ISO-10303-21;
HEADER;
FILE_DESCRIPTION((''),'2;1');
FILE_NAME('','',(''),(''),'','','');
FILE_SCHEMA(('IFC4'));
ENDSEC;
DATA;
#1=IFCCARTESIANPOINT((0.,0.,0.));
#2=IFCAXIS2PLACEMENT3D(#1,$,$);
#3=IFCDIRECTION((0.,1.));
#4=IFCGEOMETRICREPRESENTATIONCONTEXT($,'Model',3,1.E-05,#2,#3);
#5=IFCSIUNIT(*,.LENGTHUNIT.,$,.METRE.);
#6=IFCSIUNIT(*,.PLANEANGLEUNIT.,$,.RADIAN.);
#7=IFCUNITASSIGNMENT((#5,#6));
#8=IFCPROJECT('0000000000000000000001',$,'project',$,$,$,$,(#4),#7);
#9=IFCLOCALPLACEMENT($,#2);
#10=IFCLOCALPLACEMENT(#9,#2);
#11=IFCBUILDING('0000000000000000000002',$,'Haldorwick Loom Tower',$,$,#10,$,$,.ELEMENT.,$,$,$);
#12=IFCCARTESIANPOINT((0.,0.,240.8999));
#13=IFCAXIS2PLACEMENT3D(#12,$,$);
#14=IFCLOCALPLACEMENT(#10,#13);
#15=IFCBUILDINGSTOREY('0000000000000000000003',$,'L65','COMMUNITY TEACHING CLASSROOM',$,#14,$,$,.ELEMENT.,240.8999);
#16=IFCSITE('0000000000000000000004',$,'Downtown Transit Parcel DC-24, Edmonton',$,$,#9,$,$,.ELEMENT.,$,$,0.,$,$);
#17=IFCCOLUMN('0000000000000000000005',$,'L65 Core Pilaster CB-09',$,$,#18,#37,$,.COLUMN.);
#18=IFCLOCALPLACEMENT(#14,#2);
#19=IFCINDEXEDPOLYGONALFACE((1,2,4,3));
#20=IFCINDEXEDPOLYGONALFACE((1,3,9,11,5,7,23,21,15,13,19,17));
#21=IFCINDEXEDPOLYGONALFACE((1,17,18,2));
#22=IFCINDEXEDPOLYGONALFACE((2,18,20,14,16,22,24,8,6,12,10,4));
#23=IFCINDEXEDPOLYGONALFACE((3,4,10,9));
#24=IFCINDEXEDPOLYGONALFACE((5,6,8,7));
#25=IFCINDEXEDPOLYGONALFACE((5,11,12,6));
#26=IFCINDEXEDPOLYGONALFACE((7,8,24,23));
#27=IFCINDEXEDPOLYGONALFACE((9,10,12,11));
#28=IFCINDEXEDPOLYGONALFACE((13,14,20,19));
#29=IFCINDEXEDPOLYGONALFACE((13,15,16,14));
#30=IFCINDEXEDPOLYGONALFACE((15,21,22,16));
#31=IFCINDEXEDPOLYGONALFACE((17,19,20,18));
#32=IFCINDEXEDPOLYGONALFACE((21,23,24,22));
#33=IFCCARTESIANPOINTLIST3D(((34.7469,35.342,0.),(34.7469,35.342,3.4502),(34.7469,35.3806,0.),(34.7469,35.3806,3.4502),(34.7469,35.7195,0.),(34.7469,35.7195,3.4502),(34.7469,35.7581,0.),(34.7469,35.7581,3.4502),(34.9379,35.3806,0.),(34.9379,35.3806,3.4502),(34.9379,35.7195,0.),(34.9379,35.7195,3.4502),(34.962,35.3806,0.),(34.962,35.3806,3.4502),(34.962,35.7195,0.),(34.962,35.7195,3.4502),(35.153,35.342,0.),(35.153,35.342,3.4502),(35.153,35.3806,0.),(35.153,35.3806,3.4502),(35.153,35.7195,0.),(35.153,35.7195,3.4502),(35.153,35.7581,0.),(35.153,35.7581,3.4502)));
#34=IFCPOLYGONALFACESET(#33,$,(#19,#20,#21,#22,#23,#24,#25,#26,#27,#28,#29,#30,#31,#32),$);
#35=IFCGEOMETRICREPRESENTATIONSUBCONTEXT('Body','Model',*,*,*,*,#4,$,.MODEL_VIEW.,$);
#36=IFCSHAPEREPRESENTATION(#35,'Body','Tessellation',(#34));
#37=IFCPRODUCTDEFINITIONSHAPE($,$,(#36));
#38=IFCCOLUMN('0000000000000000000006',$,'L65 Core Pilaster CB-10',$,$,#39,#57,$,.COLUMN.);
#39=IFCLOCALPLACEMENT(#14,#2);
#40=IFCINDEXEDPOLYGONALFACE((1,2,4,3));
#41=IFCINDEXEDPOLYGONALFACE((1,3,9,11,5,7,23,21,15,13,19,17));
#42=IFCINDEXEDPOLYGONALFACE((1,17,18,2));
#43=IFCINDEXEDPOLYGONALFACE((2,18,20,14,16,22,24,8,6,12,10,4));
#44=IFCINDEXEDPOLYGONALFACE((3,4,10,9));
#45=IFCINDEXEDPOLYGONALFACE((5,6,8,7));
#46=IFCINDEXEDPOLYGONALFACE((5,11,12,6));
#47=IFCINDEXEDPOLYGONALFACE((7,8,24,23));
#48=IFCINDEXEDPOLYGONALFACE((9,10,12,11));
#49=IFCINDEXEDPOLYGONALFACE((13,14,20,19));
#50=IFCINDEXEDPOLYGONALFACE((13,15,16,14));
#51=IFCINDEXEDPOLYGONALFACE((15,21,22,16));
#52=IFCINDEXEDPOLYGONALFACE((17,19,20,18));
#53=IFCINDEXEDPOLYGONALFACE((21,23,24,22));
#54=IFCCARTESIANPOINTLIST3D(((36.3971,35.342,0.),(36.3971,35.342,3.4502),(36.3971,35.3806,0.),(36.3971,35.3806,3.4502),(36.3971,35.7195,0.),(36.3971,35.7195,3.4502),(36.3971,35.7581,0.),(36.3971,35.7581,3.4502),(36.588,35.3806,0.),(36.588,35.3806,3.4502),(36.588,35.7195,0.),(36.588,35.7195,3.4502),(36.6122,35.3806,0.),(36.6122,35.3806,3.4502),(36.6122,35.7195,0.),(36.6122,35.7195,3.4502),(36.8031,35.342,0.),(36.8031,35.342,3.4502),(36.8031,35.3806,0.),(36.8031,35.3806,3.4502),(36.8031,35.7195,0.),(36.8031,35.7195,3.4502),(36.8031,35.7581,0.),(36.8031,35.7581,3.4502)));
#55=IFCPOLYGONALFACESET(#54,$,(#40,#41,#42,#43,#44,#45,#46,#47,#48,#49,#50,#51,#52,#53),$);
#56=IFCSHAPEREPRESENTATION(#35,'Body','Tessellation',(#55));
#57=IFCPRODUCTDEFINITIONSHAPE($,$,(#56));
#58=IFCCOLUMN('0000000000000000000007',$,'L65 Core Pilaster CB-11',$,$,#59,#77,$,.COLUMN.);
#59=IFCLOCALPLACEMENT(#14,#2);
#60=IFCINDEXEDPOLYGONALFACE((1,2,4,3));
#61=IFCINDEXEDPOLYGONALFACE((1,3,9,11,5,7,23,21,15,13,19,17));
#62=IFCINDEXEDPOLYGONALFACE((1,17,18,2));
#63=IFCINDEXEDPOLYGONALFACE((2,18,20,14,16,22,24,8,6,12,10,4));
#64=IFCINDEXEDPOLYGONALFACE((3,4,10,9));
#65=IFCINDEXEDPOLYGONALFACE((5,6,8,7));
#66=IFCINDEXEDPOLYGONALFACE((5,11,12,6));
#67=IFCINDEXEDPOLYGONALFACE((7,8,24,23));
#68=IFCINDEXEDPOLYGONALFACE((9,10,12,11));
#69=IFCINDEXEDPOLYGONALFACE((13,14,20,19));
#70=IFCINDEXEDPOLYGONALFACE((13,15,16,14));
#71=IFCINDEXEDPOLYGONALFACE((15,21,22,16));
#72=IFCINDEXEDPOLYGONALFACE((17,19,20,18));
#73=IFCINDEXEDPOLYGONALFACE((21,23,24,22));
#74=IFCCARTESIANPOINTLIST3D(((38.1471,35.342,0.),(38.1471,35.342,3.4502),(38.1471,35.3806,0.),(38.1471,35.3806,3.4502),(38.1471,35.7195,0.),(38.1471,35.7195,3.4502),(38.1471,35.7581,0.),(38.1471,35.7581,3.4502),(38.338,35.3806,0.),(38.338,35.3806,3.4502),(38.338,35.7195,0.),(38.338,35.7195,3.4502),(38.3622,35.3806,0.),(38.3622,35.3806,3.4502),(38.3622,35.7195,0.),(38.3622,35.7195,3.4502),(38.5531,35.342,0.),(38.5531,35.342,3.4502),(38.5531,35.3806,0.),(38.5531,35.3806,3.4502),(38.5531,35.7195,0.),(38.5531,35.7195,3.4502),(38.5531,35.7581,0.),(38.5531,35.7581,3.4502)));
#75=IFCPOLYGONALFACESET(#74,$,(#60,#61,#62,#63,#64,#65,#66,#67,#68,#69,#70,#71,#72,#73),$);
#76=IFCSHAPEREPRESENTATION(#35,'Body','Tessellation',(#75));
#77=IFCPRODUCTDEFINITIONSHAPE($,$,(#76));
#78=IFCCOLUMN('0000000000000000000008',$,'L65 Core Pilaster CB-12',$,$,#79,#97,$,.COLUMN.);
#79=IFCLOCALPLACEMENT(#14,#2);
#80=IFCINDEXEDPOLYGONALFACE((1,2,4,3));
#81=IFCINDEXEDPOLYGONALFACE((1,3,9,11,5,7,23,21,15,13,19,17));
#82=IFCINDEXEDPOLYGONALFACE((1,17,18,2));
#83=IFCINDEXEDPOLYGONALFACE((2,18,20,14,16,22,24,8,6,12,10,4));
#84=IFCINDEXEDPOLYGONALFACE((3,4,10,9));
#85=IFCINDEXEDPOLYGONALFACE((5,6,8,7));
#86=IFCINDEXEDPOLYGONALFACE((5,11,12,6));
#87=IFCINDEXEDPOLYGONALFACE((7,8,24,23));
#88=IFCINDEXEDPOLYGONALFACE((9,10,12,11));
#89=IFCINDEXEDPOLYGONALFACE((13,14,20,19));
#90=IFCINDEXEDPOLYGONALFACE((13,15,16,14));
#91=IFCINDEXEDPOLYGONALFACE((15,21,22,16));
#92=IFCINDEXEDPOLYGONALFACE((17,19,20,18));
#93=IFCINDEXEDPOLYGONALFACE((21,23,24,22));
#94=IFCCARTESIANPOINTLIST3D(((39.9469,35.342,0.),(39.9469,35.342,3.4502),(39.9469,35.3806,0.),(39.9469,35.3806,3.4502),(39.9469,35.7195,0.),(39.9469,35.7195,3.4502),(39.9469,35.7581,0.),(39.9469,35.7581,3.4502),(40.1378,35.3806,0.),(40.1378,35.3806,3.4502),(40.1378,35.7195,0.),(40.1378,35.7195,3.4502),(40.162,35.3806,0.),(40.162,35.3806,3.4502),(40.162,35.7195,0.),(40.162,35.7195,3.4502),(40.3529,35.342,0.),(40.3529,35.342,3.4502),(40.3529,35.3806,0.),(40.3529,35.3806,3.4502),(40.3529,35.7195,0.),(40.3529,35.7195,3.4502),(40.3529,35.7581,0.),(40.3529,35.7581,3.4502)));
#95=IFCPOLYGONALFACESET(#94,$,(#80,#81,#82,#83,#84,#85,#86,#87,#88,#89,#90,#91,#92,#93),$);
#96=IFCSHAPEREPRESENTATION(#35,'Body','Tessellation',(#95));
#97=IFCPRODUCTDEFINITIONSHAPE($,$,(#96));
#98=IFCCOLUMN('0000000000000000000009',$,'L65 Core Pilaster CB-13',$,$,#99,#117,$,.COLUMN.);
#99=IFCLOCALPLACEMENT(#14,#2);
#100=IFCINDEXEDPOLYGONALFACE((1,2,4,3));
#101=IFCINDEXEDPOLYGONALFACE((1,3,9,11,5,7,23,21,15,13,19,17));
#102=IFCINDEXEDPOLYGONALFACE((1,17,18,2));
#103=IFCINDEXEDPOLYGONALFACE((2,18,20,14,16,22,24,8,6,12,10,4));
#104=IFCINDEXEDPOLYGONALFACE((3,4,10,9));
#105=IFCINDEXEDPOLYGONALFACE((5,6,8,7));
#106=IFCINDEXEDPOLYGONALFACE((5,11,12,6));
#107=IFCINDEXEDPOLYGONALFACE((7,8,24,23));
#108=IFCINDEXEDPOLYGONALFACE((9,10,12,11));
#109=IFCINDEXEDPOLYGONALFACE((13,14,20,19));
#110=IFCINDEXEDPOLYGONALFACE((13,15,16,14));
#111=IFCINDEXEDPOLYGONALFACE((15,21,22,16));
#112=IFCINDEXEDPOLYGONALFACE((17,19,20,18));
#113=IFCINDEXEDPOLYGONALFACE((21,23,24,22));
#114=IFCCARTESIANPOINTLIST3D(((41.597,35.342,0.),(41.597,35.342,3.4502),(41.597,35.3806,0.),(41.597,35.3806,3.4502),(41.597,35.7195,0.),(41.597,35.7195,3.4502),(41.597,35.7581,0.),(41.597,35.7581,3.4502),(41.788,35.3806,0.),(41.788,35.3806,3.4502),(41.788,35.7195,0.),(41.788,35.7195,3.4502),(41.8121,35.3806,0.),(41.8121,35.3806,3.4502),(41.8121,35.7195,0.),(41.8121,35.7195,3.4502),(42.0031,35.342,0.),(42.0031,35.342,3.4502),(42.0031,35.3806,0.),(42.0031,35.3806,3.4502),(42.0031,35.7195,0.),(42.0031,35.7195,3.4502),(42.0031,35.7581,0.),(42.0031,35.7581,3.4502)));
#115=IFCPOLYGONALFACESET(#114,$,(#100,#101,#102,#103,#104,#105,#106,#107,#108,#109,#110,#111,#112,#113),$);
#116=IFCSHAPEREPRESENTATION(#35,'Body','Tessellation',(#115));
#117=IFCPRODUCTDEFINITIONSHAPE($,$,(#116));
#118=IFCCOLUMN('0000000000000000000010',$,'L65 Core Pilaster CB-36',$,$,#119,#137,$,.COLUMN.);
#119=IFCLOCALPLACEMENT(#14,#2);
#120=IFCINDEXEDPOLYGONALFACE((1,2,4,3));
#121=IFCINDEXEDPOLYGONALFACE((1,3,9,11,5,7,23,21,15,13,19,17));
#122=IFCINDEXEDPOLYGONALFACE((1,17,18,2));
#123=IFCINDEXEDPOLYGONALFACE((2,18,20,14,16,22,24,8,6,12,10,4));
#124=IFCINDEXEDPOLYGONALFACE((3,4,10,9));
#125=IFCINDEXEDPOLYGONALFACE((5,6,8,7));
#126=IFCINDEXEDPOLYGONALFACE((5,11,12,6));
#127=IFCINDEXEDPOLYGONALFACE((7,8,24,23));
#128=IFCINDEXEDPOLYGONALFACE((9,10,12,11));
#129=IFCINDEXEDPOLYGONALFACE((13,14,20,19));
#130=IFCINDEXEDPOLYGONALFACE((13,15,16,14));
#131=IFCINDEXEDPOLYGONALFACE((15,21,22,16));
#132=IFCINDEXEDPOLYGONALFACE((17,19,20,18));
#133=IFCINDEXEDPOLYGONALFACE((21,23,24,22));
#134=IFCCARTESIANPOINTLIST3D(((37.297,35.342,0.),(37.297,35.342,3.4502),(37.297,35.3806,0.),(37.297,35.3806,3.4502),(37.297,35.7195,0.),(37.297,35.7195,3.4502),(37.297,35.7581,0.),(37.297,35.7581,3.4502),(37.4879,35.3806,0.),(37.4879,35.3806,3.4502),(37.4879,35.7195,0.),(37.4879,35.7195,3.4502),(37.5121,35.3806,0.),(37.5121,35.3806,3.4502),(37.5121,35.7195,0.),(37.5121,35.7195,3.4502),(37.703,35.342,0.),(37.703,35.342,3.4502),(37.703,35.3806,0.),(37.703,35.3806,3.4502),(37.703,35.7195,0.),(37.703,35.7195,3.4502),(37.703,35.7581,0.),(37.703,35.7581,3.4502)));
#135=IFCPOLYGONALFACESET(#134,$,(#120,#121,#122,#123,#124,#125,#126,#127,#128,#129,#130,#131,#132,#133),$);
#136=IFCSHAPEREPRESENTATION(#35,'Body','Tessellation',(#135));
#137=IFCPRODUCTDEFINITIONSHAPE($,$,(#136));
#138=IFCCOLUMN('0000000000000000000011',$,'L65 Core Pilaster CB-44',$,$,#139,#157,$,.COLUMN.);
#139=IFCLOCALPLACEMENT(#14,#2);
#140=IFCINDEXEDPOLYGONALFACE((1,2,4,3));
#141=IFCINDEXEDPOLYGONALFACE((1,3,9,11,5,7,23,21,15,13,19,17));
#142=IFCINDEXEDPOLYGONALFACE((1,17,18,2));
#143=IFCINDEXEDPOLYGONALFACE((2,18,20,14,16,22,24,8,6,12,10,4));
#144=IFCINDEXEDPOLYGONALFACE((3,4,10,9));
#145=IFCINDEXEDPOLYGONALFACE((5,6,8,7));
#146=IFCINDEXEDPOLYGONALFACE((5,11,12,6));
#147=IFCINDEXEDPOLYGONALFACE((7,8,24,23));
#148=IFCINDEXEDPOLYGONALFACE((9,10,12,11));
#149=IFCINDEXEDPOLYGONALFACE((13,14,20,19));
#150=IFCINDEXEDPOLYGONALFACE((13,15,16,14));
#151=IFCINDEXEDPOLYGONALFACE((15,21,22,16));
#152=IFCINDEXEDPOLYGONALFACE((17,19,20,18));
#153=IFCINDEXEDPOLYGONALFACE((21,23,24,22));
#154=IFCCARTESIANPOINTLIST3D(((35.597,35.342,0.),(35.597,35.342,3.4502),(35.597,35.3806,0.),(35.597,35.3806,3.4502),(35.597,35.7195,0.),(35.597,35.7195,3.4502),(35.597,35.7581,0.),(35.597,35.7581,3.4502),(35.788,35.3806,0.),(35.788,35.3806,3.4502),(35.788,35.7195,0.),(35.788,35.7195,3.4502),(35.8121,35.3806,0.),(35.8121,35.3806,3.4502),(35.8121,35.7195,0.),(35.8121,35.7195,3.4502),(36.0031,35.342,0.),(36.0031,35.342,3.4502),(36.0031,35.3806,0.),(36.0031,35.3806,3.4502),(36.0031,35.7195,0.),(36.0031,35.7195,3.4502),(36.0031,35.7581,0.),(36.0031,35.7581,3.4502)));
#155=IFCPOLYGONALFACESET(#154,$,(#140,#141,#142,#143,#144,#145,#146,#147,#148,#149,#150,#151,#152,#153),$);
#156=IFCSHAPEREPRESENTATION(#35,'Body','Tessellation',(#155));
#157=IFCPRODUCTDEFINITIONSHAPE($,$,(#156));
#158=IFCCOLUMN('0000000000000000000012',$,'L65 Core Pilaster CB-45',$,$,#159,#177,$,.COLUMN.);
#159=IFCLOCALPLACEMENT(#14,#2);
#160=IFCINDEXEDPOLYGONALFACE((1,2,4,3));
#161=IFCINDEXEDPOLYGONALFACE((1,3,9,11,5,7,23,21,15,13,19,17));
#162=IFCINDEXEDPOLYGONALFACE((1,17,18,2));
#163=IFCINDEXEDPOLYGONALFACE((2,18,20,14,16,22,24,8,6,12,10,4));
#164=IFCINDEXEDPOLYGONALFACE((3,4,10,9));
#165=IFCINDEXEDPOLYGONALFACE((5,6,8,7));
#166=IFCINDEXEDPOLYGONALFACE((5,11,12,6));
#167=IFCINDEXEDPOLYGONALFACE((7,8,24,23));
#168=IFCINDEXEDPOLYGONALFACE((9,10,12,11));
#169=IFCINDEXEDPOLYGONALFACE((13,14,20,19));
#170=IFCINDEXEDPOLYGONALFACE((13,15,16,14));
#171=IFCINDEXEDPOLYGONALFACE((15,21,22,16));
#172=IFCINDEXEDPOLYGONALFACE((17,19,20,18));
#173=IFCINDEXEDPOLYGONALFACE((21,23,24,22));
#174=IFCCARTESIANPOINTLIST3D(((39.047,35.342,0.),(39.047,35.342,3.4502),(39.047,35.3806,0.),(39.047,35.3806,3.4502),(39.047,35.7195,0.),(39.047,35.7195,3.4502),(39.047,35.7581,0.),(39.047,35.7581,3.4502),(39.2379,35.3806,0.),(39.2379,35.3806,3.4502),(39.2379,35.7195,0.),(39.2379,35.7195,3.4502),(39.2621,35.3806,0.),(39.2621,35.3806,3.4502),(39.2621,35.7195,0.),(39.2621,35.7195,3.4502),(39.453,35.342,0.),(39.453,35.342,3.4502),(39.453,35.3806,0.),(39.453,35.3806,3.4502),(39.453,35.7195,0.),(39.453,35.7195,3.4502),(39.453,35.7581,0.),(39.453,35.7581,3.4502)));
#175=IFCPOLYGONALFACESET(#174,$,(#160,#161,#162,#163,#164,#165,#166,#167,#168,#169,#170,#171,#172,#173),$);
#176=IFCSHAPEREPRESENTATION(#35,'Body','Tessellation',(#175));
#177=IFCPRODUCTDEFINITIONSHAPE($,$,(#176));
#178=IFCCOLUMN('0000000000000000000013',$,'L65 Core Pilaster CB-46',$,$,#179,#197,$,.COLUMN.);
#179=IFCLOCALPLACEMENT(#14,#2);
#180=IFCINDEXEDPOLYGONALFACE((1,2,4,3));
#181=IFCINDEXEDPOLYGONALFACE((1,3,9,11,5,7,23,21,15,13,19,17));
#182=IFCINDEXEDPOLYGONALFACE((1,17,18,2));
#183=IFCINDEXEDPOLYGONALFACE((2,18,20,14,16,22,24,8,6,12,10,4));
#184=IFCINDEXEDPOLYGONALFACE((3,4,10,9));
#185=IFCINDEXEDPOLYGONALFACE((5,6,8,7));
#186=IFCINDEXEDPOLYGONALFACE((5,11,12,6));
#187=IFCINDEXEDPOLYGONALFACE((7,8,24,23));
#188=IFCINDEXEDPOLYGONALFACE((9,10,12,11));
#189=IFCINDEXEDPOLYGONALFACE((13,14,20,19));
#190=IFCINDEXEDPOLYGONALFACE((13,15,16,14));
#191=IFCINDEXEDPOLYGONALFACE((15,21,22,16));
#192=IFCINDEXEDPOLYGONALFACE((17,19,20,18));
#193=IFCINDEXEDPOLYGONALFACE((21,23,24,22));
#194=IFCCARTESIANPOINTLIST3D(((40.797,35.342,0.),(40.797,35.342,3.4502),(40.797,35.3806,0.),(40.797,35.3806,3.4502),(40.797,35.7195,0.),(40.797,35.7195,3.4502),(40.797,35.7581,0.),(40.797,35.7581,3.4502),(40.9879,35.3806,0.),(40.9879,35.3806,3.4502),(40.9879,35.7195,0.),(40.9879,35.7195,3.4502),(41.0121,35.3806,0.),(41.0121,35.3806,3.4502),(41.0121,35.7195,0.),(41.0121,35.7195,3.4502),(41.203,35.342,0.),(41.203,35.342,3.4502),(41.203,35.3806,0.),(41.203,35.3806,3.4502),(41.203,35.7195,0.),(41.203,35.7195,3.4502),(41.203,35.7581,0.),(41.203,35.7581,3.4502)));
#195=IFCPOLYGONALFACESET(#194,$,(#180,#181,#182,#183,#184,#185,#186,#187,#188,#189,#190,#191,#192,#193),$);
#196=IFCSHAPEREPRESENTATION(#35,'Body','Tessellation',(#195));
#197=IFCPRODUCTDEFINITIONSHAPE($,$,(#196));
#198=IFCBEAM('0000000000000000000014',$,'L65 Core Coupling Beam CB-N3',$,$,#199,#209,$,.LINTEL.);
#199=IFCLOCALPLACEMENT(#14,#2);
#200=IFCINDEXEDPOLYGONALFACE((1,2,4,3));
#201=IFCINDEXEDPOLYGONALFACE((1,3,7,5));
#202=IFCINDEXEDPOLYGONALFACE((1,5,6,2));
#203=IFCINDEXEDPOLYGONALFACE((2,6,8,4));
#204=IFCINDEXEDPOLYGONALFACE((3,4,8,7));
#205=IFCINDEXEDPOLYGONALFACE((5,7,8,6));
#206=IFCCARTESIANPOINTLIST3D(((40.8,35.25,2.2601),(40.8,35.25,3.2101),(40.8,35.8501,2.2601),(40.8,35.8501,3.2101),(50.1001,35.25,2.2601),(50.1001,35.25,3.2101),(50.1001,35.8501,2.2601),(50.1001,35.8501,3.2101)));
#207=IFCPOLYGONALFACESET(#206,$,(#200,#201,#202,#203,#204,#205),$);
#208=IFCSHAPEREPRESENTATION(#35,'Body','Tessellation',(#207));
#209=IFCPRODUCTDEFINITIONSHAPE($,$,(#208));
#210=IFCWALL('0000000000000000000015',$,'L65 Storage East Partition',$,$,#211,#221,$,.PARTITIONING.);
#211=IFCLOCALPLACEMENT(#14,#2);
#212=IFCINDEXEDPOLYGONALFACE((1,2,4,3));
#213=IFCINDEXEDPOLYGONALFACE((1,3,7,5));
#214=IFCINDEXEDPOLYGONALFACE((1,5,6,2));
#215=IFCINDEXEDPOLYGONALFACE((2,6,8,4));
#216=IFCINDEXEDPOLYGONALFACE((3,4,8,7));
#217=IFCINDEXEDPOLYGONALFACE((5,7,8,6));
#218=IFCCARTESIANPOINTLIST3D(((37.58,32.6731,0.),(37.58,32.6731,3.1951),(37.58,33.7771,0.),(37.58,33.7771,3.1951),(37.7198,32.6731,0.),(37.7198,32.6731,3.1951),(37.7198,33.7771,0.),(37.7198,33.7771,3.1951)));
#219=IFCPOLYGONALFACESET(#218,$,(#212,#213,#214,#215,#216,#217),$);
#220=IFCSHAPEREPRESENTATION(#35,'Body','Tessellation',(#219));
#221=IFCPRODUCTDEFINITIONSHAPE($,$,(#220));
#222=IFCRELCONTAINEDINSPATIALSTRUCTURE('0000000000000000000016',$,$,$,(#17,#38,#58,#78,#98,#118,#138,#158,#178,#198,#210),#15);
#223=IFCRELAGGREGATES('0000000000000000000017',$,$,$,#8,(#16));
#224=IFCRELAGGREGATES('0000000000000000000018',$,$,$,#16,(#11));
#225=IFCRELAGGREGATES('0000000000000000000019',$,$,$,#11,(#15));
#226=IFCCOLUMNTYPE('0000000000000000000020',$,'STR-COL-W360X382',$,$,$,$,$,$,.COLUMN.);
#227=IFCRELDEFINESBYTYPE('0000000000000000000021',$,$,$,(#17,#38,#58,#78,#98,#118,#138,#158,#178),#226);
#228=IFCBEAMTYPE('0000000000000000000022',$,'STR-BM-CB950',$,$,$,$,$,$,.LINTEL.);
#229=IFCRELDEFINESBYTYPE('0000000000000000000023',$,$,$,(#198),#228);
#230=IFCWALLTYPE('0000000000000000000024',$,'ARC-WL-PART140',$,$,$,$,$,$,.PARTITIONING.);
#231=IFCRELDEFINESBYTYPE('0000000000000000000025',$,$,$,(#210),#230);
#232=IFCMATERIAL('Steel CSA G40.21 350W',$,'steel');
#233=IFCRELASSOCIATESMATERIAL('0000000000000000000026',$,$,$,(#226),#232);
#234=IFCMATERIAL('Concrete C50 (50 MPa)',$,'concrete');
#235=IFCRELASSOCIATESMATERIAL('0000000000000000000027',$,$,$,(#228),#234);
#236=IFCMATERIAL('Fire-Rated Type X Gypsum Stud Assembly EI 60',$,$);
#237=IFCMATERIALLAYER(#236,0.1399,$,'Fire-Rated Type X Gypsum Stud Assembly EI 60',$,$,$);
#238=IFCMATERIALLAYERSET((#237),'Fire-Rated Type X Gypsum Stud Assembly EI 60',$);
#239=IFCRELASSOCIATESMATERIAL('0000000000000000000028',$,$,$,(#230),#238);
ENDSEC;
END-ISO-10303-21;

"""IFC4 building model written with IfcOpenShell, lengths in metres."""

from ifc_helpers import new_model, si_unit, direction, frame, frame_2d, origin, origin_2d, place, context, subcontext, project, spatial, rectangle, i_section, extrude, material, layer, layer_set, material_profile, profile_set, type_object, element, save


model = new_model("IFC4")

# Units and contexts
model_context = context("Model", 3, precision=1e-05, world=origin(), true_north=direction((0.0, 1.0)))
body_context = subcontext(model_context, "Body", "Model", "MODEL_VIEW")
ifc_project = project(units=[si_unit("LENGTHUNIT", "METRE"), si_unit("PLANEANGLEUNIT", "RADIAN")], contexts=[model_context])

# Site, building, storey
site_placement = place(None, origin())
site = spatial("IfcSite", under=ifc_project, at=site_placement, Name="Downtown Transit Parcel DC-24, Edmonton", CompositionType="ELEMENT", RefElevation=0.0)
building_placement = place(site_placement, origin())
building = spatial("IfcBuilding", under=site, at=building_placement, Name="Haldorwick Loom Tower", CompositionType="ELEMENT")
storey_placement = place(building_placement, frame((0.0, 0.0, 240.8999)))
storey = spatial("IfcBuildingStorey", under=building, at=storey_placement, Name="L65", Description="COMMUNITY TEACHING CLASSROOM", CompositionType="ELEMENT", Elevation=240.8999)

# Columns
ifc_material_1 = material(Name="Steel CSA G40.21 350W", Category="steel")
ifc_material_profile_1 = material_profile(ifc_material_1, i_section(OverallWidth=0.406, OverallDepth=0.416, WebThickness=0.0242, FlangeThickness=0.0386, at=origin_2d()), Name="W360X382", Category="steel")
ifc_profile_set_1 = profile_set([ifc_material_profile_1], Name="Steel CSA G40.21 350W")
column_type = type_object("IfcColumnType", Name="STR-COL-W360X382", PredefinedType="COLUMN", material=ifc_profile_set_1)
for number, where, z_axis, x_axis, name in (
    (1, (34.95, 35.55, 0.0), (0.0, 0.0, 1.0), (1.0, 0.0, 0.0), "L65 Core Pilaster CB-09"),
    (2, (36.6001, 35.55, 0.0), (0.0, 0.0, 1.0), (1.0, 0.0, 0.0), "L65 Core Pilaster CB-10"),
    (3, (38.3501, 35.55, 0.0), (0.0, 0.0, 1.0), (1.0, 0.0, 0.0), "L65 Core Pilaster CB-11"),
    (4, (40.1499, 35.55, 0.0), (0.0, 0.0, 1.0), (1.0, 0.0, 0.0), "L65 Core Pilaster CB-12"),
    (5, (41.8, 35.55, 0.0), (0.0, 0.0, 1.0), (1.0, 0.0, 0.0), "L65 Core Pilaster CB-13"),
    (6, (37.5, 35.55, 0.0), (0.0, 0.0, 1.0), (1.0, 0.0, 0.0), "L65 Core Pilaster CB-36"),
    (7, (35.8, 35.55, 0.0), (0.0, 0.0, 1.0), (1.0, 0.0, 0.0), "L65 Core Pilaster CB-44"),
    (8, (39.25, 35.55, 0.0), (0.0, 0.0, 1.0), (1.0, 0.0, 0.0), "L65 Core Pilaster CB-45"),
    (9, (41.0, 35.55, 0.0), (0.0, 0.0, 1.0), (1.0, 0.0, 0.0), "L65 Core Pilaster CB-46"),
):
    element("IfcColumn", number, at=place(storey_placement, frame(where, z_axis=z_axis, x_axis=x_axis)), inside=storey, type_object=column_type, Name=name, PredefinedType="COLUMN", context=body_context, shape_type="SweptSolid", body=[
        extrude(i_section(OverallWidth=0.406, OverallDepth=0.416, WebThickness=0.0242, FlangeThickness=0.0386, at=origin_2d()), origin(), (0.0, 0.0, 1.0), 3.4502),
    ])

# Beam
ifc_material_2 = material(Name="Concrete C50 (50 MPa)", Category="concrete")
ifc_material_profile_2 = material_profile(ifc_material_2, rectangle(XDim=0.6001, YDim=0.95, at=origin_2d()), Name="RC600X950", Category="concrete")
ifc_profile_set_2 = profile_set([ifc_material_profile_2], Name="Concrete C50 (50 MPa)")
beam_type = type_object("IfcBeamType", Name="STR-BM-CB950", PredefinedType="LINTEL", material=ifc_profile_set_2)
beam_placement = place(storey_placement, frame((40.8, 35.55, 2.7351), z_axis=(1.0, 0.0, 0.0), x_axis=(0.0, 1.0, 0.0)))
element("IfcBeam", 10, at=beam_placement, inside=storey, type_object=beam_type, Name="L65 Core Coupling Beam CB-N3", PredefinedType="LINTEL", context=body_context, shape_type="SweptSolid", body=[
    extrude(rectangle(XDim=0.6001, YDim=0.95, at=origin_2d()), origin(), (0.0, 0.0, 1.0), 9.3),
])

# Wall
ifc_material_3 = material(Name="Fire-Rated Type X Gypsum Stud Assembly EI 60")
ifc_layer_1 = layer(ifc_material_3, 0.1399, Name="Fire-Rated Type X Gypsum Stud Assembly EI 60")
ifc_layer_set_1 = layer_set([ifc_layer_1], Name="Fire-Rated Type X Gypsum Stud Assembly EI 60")
wall_type_1 = type_object("IfcWallType", Name="ARC-WL-PART140", PredefinedType="PARTITIONING", material=ifc_layer_set_1)
wall_1_placement = place(storey_placement, frame((37.6499, 32.6731, 0.0), z_axis=(0.0, 0.0, 1.0), x_axis=(0.0, 1.0, 0.0)))
element("IfcWall", 11, at=wall_1_placement, inside=storey, type_object=wall_type_1, Name="L65 Storage East Partition", PredefinedType="PARTITIONING", context=body_context, shape_type="SweptSolid", body=[
    extrude(rectangle(XDim=1.104, YDim=0.1399, at=frame_2d((0.552, 0.0))), origin(), (0.0, 0.0, 1.0), 3.1951),
])

save(model, "model.ifc")
